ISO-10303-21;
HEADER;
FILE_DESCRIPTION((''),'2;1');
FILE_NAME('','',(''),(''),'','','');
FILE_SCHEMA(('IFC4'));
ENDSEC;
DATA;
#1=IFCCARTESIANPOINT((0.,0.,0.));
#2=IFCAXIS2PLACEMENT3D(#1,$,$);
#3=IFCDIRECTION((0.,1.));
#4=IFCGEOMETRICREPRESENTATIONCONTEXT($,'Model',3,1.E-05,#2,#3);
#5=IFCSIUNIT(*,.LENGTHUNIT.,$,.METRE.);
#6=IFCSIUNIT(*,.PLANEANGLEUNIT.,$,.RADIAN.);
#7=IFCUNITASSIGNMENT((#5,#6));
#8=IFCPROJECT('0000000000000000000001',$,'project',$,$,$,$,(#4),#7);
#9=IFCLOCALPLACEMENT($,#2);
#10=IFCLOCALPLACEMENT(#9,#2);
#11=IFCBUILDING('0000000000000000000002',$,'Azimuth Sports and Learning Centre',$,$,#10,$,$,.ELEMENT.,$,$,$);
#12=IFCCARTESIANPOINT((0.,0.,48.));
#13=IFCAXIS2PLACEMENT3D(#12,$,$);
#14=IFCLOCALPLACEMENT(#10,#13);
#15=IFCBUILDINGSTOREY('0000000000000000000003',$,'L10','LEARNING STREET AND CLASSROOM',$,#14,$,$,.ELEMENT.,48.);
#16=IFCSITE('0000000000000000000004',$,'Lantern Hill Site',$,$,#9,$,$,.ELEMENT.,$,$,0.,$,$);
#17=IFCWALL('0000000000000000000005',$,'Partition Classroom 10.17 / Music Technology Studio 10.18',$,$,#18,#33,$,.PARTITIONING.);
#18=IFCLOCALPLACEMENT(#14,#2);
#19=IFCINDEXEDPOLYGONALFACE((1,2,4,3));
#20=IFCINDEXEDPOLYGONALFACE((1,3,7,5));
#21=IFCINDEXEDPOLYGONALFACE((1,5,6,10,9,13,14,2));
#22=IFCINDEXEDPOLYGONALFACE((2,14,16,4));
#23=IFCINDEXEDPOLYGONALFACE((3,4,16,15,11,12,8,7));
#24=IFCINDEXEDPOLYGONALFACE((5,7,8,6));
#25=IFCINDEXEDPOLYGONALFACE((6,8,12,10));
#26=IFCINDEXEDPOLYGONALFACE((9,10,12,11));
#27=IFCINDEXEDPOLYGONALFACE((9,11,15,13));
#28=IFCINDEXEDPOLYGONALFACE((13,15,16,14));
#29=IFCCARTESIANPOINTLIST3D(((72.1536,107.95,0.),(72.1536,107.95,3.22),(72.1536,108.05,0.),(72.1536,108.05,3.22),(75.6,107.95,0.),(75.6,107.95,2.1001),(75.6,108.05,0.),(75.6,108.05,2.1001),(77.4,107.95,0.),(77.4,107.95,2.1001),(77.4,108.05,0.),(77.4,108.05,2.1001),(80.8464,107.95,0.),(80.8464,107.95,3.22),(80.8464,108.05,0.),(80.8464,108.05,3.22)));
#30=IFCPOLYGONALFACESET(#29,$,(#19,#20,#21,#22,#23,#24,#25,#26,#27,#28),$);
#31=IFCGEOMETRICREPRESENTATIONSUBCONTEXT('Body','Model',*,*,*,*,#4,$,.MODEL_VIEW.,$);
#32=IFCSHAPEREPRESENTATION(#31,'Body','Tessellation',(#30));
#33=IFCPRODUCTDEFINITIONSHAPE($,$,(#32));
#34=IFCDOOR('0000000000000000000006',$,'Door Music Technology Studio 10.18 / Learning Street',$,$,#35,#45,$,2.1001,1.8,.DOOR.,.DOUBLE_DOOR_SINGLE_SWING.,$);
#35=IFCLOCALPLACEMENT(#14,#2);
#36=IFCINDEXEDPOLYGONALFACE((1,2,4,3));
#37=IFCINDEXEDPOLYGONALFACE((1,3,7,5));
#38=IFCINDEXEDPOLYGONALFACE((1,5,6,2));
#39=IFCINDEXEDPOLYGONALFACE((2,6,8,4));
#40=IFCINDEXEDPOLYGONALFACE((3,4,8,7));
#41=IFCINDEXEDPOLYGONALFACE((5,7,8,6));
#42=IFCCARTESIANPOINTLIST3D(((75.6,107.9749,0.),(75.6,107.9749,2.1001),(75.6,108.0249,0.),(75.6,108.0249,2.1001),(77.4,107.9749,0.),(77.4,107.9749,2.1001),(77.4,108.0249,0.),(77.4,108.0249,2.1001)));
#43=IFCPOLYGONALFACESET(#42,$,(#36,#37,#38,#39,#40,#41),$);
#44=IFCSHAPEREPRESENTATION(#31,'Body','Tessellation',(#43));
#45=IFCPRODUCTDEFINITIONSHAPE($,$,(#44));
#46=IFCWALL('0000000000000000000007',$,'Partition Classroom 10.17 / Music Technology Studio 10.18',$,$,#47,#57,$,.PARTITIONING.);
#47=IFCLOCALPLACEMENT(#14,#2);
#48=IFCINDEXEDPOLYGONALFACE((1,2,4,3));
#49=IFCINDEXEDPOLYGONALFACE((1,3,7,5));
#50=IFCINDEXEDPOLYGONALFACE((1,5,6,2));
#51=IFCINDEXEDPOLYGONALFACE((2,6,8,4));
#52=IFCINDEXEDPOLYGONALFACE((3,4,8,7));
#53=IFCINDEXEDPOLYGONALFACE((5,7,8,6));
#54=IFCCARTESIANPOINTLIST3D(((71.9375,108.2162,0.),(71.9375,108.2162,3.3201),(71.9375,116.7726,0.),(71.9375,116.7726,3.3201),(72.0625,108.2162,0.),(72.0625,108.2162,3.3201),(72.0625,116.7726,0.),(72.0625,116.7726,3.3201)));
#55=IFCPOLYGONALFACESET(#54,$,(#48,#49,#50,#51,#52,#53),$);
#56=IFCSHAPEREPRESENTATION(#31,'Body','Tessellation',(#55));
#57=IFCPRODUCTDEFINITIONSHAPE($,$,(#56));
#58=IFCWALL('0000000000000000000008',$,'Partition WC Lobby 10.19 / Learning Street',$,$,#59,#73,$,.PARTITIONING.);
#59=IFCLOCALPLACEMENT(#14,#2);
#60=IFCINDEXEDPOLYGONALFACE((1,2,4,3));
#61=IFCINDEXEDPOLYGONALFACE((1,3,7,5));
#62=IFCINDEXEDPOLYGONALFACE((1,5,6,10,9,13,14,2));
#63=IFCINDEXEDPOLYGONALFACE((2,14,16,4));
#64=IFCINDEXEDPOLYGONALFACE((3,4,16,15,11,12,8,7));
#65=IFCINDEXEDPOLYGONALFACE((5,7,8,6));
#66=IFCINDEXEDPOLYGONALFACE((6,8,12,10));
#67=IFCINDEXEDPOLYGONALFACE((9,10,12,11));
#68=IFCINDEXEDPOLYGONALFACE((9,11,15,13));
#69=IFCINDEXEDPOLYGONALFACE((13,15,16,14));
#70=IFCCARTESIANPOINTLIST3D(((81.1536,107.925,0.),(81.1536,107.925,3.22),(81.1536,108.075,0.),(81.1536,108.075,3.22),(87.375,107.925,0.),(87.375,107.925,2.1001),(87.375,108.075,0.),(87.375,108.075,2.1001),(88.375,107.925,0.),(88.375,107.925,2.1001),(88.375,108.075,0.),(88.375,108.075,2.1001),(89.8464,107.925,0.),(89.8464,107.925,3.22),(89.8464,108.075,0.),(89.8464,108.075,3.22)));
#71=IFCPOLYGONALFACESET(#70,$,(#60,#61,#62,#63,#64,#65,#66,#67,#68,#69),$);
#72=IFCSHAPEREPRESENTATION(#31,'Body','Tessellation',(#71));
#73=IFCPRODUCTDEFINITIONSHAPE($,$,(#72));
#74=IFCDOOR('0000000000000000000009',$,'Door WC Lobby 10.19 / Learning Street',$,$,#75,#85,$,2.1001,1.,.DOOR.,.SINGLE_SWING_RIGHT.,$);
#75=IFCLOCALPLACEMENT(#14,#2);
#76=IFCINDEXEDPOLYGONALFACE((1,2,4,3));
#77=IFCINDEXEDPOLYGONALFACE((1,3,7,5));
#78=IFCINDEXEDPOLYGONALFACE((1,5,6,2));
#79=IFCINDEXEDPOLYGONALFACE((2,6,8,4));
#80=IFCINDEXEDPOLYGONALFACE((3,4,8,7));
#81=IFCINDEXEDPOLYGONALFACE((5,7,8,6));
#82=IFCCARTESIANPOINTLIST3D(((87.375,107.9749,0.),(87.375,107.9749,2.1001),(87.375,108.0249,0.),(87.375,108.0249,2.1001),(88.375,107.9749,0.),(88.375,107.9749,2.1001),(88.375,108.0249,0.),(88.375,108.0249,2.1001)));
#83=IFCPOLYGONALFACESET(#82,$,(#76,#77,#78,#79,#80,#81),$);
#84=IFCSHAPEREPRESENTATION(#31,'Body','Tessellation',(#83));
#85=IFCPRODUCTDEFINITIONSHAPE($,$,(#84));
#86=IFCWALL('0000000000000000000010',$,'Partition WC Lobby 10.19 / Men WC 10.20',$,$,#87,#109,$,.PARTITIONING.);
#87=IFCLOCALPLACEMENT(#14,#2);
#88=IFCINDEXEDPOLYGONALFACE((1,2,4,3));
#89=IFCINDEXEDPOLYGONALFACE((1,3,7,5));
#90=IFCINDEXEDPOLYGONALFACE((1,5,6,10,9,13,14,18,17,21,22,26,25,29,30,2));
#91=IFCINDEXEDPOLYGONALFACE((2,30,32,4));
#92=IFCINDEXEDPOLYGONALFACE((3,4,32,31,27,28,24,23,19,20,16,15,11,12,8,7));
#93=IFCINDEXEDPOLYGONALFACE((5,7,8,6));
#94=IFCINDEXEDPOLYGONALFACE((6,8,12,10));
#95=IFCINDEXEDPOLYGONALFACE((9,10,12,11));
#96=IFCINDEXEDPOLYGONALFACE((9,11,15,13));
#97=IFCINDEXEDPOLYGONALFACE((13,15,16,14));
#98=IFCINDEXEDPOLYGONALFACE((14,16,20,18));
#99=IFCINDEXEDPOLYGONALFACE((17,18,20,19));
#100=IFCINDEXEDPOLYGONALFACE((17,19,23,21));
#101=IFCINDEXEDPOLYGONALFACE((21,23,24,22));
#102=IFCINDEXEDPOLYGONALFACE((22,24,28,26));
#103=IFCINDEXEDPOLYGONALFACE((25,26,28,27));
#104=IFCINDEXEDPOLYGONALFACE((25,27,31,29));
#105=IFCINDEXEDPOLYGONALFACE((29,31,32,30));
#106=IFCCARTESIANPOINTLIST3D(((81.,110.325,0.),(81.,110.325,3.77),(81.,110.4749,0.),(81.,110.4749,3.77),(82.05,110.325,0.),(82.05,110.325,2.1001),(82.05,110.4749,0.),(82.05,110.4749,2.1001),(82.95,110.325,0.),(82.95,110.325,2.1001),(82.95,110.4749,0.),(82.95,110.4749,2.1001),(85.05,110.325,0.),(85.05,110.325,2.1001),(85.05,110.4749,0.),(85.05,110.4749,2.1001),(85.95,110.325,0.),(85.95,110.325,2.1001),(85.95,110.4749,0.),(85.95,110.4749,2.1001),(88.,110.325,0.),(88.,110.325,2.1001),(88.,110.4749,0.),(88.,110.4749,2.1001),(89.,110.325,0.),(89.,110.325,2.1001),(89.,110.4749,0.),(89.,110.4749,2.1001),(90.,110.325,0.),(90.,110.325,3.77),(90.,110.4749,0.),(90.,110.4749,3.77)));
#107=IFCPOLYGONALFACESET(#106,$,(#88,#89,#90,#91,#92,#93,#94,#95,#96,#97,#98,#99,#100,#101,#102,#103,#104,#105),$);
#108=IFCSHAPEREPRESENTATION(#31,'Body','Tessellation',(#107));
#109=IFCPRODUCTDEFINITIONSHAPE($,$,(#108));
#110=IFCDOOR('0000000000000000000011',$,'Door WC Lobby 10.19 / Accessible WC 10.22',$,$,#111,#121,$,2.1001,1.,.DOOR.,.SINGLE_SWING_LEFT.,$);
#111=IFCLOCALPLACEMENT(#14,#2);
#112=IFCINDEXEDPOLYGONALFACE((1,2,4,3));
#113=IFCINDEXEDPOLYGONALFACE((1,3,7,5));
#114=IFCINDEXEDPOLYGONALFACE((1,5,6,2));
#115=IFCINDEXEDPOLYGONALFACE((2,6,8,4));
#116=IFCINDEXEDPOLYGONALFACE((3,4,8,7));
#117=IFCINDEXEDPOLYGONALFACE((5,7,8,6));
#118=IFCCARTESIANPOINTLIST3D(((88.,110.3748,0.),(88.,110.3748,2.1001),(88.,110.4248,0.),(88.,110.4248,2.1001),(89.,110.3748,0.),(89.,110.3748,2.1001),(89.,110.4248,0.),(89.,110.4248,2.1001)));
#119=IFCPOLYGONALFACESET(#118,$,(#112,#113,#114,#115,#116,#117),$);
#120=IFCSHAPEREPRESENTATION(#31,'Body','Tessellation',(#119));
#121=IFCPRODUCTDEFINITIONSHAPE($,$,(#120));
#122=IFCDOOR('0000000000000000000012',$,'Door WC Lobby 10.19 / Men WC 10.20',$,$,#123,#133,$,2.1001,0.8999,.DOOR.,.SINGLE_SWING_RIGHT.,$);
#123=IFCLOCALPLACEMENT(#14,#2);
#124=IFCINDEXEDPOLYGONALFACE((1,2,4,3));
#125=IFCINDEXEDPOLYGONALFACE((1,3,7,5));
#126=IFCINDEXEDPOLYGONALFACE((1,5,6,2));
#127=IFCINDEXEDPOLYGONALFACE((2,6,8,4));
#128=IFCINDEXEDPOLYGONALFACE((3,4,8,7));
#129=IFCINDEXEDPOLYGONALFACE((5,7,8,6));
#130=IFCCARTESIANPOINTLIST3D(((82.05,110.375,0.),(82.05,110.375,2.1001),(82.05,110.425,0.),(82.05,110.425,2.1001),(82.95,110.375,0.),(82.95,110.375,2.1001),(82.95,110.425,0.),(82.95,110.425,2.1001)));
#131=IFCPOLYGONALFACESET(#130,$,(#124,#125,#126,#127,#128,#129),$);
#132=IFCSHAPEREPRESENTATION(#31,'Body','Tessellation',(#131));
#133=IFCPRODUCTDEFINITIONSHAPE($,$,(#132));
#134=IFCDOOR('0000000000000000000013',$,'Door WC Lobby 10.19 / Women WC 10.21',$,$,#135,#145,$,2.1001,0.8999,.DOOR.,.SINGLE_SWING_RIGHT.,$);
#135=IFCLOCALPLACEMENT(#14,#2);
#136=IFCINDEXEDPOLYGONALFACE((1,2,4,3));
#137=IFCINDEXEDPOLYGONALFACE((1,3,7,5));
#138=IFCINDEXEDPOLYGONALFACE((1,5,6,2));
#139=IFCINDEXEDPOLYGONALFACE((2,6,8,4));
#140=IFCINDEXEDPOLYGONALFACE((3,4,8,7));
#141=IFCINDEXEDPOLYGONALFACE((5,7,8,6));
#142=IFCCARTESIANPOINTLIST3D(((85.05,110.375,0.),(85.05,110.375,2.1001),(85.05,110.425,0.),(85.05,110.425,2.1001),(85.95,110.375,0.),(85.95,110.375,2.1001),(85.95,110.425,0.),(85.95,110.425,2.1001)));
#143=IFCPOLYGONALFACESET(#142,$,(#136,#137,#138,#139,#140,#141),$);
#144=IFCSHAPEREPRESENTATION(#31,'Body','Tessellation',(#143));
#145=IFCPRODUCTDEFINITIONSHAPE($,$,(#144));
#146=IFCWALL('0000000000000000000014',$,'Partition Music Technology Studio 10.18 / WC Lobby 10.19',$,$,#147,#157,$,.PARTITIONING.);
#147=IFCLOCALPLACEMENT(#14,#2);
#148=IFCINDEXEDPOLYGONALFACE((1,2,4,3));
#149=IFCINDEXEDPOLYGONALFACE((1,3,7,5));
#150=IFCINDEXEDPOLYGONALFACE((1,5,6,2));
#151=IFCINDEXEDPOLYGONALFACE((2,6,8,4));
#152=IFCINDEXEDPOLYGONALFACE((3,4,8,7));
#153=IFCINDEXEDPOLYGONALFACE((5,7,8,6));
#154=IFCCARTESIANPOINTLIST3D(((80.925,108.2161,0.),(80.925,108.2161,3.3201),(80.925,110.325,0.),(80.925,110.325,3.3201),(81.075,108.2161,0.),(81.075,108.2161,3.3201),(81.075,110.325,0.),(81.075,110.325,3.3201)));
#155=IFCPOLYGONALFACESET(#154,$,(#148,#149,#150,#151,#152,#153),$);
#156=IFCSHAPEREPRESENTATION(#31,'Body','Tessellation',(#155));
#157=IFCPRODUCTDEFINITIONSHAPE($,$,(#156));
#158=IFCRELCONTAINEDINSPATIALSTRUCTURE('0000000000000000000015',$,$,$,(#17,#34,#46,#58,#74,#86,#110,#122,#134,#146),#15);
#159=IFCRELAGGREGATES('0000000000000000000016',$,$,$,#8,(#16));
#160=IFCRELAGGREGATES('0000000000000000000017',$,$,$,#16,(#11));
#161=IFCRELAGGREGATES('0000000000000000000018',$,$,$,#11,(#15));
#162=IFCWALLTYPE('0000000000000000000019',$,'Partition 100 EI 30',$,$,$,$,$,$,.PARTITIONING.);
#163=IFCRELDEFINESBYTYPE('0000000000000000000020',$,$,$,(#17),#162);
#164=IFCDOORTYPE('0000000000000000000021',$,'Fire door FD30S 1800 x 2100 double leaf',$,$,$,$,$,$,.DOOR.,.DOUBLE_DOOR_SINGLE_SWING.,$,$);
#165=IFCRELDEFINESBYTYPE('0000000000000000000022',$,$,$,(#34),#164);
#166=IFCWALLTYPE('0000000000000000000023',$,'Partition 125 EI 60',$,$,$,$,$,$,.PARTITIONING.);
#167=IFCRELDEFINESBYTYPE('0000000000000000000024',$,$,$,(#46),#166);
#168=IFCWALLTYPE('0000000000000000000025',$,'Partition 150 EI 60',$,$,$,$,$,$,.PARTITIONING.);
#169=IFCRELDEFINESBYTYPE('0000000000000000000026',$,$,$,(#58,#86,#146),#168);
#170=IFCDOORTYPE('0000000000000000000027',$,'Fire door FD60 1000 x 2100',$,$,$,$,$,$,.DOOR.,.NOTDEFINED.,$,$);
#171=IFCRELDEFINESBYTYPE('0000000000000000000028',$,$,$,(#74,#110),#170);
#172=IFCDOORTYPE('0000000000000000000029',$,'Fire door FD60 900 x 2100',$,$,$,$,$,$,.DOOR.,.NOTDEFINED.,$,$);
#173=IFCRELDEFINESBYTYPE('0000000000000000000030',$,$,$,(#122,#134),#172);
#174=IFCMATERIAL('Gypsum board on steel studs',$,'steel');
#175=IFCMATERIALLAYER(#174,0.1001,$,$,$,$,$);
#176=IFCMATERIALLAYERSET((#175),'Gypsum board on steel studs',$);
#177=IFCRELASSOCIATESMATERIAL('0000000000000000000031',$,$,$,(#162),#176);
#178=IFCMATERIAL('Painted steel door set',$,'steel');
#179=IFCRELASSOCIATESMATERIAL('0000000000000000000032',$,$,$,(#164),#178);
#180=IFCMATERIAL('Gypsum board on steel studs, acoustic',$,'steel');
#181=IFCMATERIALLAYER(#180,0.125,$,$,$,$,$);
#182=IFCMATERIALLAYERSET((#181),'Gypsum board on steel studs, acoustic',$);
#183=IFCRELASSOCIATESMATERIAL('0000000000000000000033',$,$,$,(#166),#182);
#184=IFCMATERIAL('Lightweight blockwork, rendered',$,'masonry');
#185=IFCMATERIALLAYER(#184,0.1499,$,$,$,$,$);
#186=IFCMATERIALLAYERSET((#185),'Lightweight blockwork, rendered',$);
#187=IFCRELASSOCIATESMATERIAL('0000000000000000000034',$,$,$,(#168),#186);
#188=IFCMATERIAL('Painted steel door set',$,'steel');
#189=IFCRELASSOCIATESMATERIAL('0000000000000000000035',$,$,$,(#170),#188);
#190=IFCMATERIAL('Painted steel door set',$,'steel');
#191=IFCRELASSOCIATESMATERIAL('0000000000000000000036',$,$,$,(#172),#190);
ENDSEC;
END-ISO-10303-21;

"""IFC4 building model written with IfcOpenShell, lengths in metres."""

from ifc_helpers import new_model, si_unit, direction, frame, frame_2d, origin, place, context, subcontext, project, spatial, rectangle, extrude, material, layer, layer_set, type_object, element, fill, save


model = new_model("IFC4")

# Units and contexts
model_context = context("Model", 3, precision=1e-05, world=origin(), true_north=direction((0.0, 1.0)))
body_context = subcontext(model_context, "Body", "Model", "MODEL_VIEW")
ifc_project = project(units=[si_unit("LENGTHUNIT", "METRE"), si_unit("PLANEANGLEUNIT", "RADIAN")], contexts=[model_context])

# Site, building, storey
site_placement = place(None, origin())
site = spatial("IfcSite", under=ifc_project, at=site_placement, Name="Lantern Hill Site", CompositionType="ELEMENT", RefElevation=0.0)
building_placement = place(site_placement, origin())
building = spatial("IfcBuilding", under=site, at=building_placement, Name="Azimuth Sports and Learning Centre", CompositionType="ELEMENT")
storey_placement = place(building_placement, frame((0.0, 0.0, 48.0)))
storey = spatial("IfcBuildingStorey", under=building, at=storey_placement, Name="L10", Description="LEARNING STREET AND CLASSROOM", CompositionType="ELEMENT", Elevation=48.0)

# Wall, opening, door
ifc_material_1 = material(Name="Gypsum board on steel studs", Category="steel")
ifc_layer_1 = layer(ifc_material_1, 0.1001)
ifc_layer_set_1 = layer_set([ifc_layer_1], Name="Gypsum board on steel studs")
wall_type_1 = type_object("IfcWallType", Name="Partition 100 EI 30", PredefinedType="PARTITIONING", material=ifc_layer_set_1)
wall_1_placement = place(storey_placement, frame((72.1536, 108.0, 0.0), z_axis=(0.0, 0.0, 1.0), x_axis=(1.0, 0.0, 0.0)))
wall_1 = element("IfcWall", 1, at=wall_1_placement, inside=storey, type_object=wall_type_1, Name="Partition Classroom 10.17 / Music Technology Studio 10.18", PredefinedType="PARTITIONING", context=body_context, shape_type="SweptSolid", body=[
    extrude(rectangle(XDim=8.6929, YDim=0.1001, at=frame_2d((4.3464, 0.0))), origin(), (0.0, 0.0, 1.0), 3.22),
])
opening_1_placement = place(wall_1_placement, frame((3.4465, 0.0, 0.0)))
opening_1 = element("IfcOpeningElement", 2, at=opening_1_placement, cuts=wall_1, PredefinedType="OPENING", context=body_context, shape_type="SweptSolid", body=[
    extrude(rectangle(XDim=1.8, YDim=2.1001, at=frame_2d((0.8999, 1.05))), frame((0.0, 0.061, 0.0), z_axis=(0.0, -1.0, 0.0), x_axis=(1.0, 0.0, 0.0)), (0.0, 0.0, 1.0), 0.1221),
])
ifc_material_2 = material(Name="Painted steel door set", Category="steel")
door_type_1 = type_object("IfcDoorType", Name="Fire door FD30S 1800 x 2100 double leaf", OperationType="DOUBLE_DOOR_SINGLE_SWING", PredefinedType="DOOR", material=ifc_material_2)
door_1_placement = place(opening_1_placement, origin())
door_1 = element("IfcDoor", 3, at=door_1_placement, inside=storey, type_object=door_type_1, Name="Door Music Technology Studio 10.18 / Learning Street", OperationType="DOUBLE_DOOR_SINGLE_SWING", OverallHeight=2.1001, OverallWidth=1.8, PredefinedType="DOOR", context=body_context, shape_type="SweptSolid", body=[
    extrude(rectangle(XDim=1.8, YDim=2.1001, at=frame_2d((0.8999, 1.05))), frame((0.0, 0.0249, 0.0), z_axis=(0.0, -1.0, 0.0), x_axis=(1.0, 0.0, 0.0)), (0.0, 0.0, 1.0), 0.05),
])
fill(opening_1, door_1)

# Wall
ifc_material_3 = material(Name="Gypsum board on steel studs, acoustic", Category="steel")
ifc_layer_2 = layer(ifc_material_3, 0.125)
ifc_layer_set_2 = layer_set([ifc_layer_2], Name="Gypsum board on steel studs, acoustic")
wall_type_2 = type_object("IfcWallType", Name="Partition 125 EI 60", PredefinedType="PARTITIONING", material=ifc_layer_set_2)
wall_2_placement = place(storey_placement, frame((72.0, 108.2161, 0.0), z_axis=(0.0, 0.0, 1.0), x_axis=(0.0, 1.0, 0.0)))
element("IfcWall", 4, at=wall_2_placement, inside=storey, type_object=wall_type_2, Name="Partition Classroom 10.17 / Music Technology Studio 10.18", PredefinedType="PARTITIONING", context=body_context, shape_type="SweptSolid", body=[
    extrude(rectangle(XDim=8.5564, YDim=0.125, at=frame_2d((4.2783, 0.0))), origin(), (0.0, 0.0, 1.0), 3.3201),
])

# Wall, opening, door
ifc_material_4 = material(Name="Lightweight blockwork, rendered", Category="masonry")
ifc_layer_3 = layer(ifc_material_4, 0.1499)
ifc_layer_set_3 = layer_set([ifc_layer_3], Name="Lightweight blockwork, rendered")
wall_type_3 = type_object("IfcWallType", Name="Partition 150 EI 60", PredefinedType="PARTITIONING", material=ifc_layer_set_3)
wall_3_placement = place(storey_placement, frame((81.1536, 108.0, 0.0), z_axis=(0.0, 0.0, 1.0), x_axis=(1.0, 0.0, 0.0)))
wall_3 = element("IfcWall", 5, at=wall_3_placement, inside=storey, type_object=wall_type_3, Name="Partition WC Lobby 10.19 / Learning Street", PredefinedType="PARTITIONING", context=body_context, shape_type="SweptSolid", body=[
    extrude(rectangle(XDim=8.6929, YDim=0.1499, at=frame_2d((4.3464, 0.0))), origin(), (0.0, 0.0, 1.0), 3.22),
])
opening_2_placement = place(wall_3_placement, frame((6.2214, 0.0, 0.0)))
opening_2 = element("IfcOpeningElement", 6, at=opening_2_placement, cuts=wall_3, PredefinedType="OPENING", context=body_context, shape_type="SweptSolid", body=[
    extrude(rectangle(XDim=1.0, YDim=2.1001, at=frame_2d((0.5, 1.05))), frame((0.0, 0.0859, 0.0), z_axis=(0.0, -1.0, 0.0), x_axis=(1.0, 0.0, 0.0)), (0.0, 0.0, 1.0), 0.1719),
])
ifc_material_5 = material(Name="Painted steel door set", Category="steel")
door_type_2 = type_object("IfcDoorType", Name="Fire door FD60 1000 x 2100", OperationType="NOTDEFINED", PredefinedType="DOOR", material=ifc_material_5)
door_2_placement = place(opening_2_placement, origin())
door_2 = element("IfcDoor", 7, at=door_2_placement, inside=storey, type_object=door_type_2, Name="Door WC Lobby 10.19 / Learning Street", OperationType="SINGLE_SWING_RIGHT", OverallHeight=2.1001, OverallWidth=1.0, PredefinedType="DOOR", context=body_context, shape_type="SweptSolid", body=[
    extrude(rectangle(XDim=1.0, YDim=2.1001, at=frame_2d((0.5, 1.05))), frame((0.0, 0.0249, 0.0), z_axis=(0.0, -1.0, 0.0), x_axis=(1.0, 0.0, 0.0)), (0.0, 0.0, 1.0), 0.05),
])
fill(opening_2, door_2)

# Wall, openings, doors
wall_4_placement = place(storey_placement, frame((81.0, 110.3999, 0.0), z_axis=(0.0, 0.0, 1.0), x_axis=(1.0, 0.0, 0.0)))
wall_4 = element("IfcWall", 8, at=wall_4_placement, inside=storey, type_object=wall_type_3, Name="Partition WC Lobby 10.19 / Men WC 10.20", PredefinedType="PARTITIONING", context=body_context, shape_type="SweptSolid", body=[
    extrude(rectangle(XDim=9.0, YDim=0.1499, at=frame_2d((4.5, 0.0))), origin(), (0.0, 0.0, 1.0), 3.77),
])
opening_3_placement = place(wall_4_placement, frame((1.05, 0.0, 0.0)))
opening_3 = element("IfcOpeningElement", 9, at=opening_3_placement, cuts=wall_4, PredefinedType="OPENING", context=body_context, shape_type="SweptSolid", body=[
    extrude(rectangle(XDim=0.8999, YDim=2.1001, at=frame_2d((0.45, 1.05))), frame((0.0, 0.0859, 0.0), z_axis=(0.0, -1.0, 0.0), x_axis=(1.0, 0.0, 0.0)), (0.0, 0.0, 1.0), 0.1719),
])
opening_4_placement = place(wall_4_placement, frame((4.05, 0.0, 0.0)))
opening_4 = element("IfcOpeningElement", 10, at=opening_4_placement, cuts=wall_4, PredefinedType="OPENING", context=body_context, shape_type="SweptSolid", body=[
    extrude(rectangle(XDim=0.8999, YDim=2.1001, at=frame_2d((0.45, 1.05))), frame((0.0, 0.0859, 0.0), z_axis=(0.0, -1.0, 0.0), x_axis=(1.0, 0.0, 0.0)), (0.0, 0.0, 1.0), 0.1719),
])
opening_5_placement = place(wall_4_placement, frame((7.0, 0.0, 0.0)))
opening_5 = element("IfcOpeningElement", 11, at=opening_5_placement, cuts=wall_4, PredefinedType="OPENING", context=body_context, shape_type="SweptSolid", body=[
    extrude(rectangle(XDim=1.0, YDim=2.1001, at=frame_2d((0.5, 1.05))), frame((0.0, 0.0859, 0.0), z_axis=(0.0, -1.0, 0.0), x_axis=(1.0, 0.0, 0.0)), (0.0, 0.0, 1.0), 0.1719),
])
door_3_placement = place(opening_5_placement, origin())
door_3 = element("IfcDoor", 12, at=door_3_placement, inside=storey, type_object=door_type_2, Name="Door WC Lobby 10.19 / Accessible WC 10.22", OperationType="SINGLE_SWING_LEFT", OverallHeight=2.1001, OverallWidth=1.0, PredefinedType="DOOR", context=body_context, shape_type="SweptSolid", body=[
    extrude(rectangle(XDim=1.0, YDim=2.1001, at=frame_2d((0.5, 1.05))), frame((0.0, 0.0249, 0.0), z_axis=(0.0, -1.0, 0.0), x_axis=(1.0, 0.0, 0.0)), (0.0, 0.0, 1.0), 0.05),
])
fill(opening_5, door_3)
ifc_material_6 = material(Name="Painted steel door set", Category="steel")
door_type_3 = type_object("IfcDoorType", Name="Fire door FD60 900 x 2100", OperationType="NOTDEFINED", PredefinedType="DOOR", material=ifc_material_6)
door_4_placement = place(opening_3_placement, frame((0.8999, 0.0, 0.0), z_axis=(0.0, 0.0, 1.0), x_axis=(-1.0, 0.0, 0.0)))
door_4 = element("IfcDoor", 13, at=door_4_placement, inside=storey, type_object=door_type_3, Name="Door WC Lobby 10.19 / Men WC 10.20", OperationType="SINGLE_SWING_RIGHT", OverallHeight=2.1001, OverallWidth=0.8999, PredefinedType="DOOR", context=body_context, shape_type="SweptSolid", body=[
    extrude(rectangle(XDim=0.8999, YDim=2.1001, at=frame_2d((0.45, 1.05))), frame((0.0, 0.0249, 0.0), z_axis=(0.0, -1.0, 0.0), x_axis=(1.0, 0.0, 0.0)), (0.0, 0.0, 1.0), 0.05),
])
fill(opening_3, door_4)
door_5_placement = place(opening_4_placement, frame((0.8999, 0.0, 0.0), z_axis=(0.0, 0.0, 1.0), x_axis=(-1.0, 0.0, 0.0)))
door_5 = element("IfcDoor", 14, at=door_5_placement, inside=storey, type_object=door_type_3, Name="Door WC Lobby 10.19 / Women WC 10.21", OperationType="SINGLE_SWING_RIGHT", OverallHeight=2.1001, OverallWidth=0.8999, PredefinedType="DOOR", context=body_context, shape_type="SweptSolid", body=[
    extrude(rectangle(XDim=0.8999, YDim=2.1001, at=frame_2d((0.45, 1.05))), frame((0.0, 0.0249, 0.0), z_axis=(0.0, -1.0, 0.0), x_axis=(1.0, 0.0, 0.0)), (0.0, 0.0, 1.0), 0.05),
])
fill(opening_4, door_5)

# Wall
wall_5_placement = place(storey_placement, frame((81.0, 108.2161, 0.0), z_axis=(0.0, 0.0, 1.0), x_axis=(0.0, 1.0, 0.0)))
element("IfcWall", 15, at=wall_5_placement, inside=storey, type_object=wall_type_3, Name="Partition Music Technology Studio 10.18 / WC Lobby 10.19", PredefinedType="PARTITIONING", context=body_context, shape_type="SweptSolid", body=[
    extrude(rectangle(XDim=2.1089, YDim=0.1499, at=frame_2d((1.0544, 0.0))), origin(), (0.0, 0.0, 1.0), 3.3201),
])

save(model, "model.ifc")
